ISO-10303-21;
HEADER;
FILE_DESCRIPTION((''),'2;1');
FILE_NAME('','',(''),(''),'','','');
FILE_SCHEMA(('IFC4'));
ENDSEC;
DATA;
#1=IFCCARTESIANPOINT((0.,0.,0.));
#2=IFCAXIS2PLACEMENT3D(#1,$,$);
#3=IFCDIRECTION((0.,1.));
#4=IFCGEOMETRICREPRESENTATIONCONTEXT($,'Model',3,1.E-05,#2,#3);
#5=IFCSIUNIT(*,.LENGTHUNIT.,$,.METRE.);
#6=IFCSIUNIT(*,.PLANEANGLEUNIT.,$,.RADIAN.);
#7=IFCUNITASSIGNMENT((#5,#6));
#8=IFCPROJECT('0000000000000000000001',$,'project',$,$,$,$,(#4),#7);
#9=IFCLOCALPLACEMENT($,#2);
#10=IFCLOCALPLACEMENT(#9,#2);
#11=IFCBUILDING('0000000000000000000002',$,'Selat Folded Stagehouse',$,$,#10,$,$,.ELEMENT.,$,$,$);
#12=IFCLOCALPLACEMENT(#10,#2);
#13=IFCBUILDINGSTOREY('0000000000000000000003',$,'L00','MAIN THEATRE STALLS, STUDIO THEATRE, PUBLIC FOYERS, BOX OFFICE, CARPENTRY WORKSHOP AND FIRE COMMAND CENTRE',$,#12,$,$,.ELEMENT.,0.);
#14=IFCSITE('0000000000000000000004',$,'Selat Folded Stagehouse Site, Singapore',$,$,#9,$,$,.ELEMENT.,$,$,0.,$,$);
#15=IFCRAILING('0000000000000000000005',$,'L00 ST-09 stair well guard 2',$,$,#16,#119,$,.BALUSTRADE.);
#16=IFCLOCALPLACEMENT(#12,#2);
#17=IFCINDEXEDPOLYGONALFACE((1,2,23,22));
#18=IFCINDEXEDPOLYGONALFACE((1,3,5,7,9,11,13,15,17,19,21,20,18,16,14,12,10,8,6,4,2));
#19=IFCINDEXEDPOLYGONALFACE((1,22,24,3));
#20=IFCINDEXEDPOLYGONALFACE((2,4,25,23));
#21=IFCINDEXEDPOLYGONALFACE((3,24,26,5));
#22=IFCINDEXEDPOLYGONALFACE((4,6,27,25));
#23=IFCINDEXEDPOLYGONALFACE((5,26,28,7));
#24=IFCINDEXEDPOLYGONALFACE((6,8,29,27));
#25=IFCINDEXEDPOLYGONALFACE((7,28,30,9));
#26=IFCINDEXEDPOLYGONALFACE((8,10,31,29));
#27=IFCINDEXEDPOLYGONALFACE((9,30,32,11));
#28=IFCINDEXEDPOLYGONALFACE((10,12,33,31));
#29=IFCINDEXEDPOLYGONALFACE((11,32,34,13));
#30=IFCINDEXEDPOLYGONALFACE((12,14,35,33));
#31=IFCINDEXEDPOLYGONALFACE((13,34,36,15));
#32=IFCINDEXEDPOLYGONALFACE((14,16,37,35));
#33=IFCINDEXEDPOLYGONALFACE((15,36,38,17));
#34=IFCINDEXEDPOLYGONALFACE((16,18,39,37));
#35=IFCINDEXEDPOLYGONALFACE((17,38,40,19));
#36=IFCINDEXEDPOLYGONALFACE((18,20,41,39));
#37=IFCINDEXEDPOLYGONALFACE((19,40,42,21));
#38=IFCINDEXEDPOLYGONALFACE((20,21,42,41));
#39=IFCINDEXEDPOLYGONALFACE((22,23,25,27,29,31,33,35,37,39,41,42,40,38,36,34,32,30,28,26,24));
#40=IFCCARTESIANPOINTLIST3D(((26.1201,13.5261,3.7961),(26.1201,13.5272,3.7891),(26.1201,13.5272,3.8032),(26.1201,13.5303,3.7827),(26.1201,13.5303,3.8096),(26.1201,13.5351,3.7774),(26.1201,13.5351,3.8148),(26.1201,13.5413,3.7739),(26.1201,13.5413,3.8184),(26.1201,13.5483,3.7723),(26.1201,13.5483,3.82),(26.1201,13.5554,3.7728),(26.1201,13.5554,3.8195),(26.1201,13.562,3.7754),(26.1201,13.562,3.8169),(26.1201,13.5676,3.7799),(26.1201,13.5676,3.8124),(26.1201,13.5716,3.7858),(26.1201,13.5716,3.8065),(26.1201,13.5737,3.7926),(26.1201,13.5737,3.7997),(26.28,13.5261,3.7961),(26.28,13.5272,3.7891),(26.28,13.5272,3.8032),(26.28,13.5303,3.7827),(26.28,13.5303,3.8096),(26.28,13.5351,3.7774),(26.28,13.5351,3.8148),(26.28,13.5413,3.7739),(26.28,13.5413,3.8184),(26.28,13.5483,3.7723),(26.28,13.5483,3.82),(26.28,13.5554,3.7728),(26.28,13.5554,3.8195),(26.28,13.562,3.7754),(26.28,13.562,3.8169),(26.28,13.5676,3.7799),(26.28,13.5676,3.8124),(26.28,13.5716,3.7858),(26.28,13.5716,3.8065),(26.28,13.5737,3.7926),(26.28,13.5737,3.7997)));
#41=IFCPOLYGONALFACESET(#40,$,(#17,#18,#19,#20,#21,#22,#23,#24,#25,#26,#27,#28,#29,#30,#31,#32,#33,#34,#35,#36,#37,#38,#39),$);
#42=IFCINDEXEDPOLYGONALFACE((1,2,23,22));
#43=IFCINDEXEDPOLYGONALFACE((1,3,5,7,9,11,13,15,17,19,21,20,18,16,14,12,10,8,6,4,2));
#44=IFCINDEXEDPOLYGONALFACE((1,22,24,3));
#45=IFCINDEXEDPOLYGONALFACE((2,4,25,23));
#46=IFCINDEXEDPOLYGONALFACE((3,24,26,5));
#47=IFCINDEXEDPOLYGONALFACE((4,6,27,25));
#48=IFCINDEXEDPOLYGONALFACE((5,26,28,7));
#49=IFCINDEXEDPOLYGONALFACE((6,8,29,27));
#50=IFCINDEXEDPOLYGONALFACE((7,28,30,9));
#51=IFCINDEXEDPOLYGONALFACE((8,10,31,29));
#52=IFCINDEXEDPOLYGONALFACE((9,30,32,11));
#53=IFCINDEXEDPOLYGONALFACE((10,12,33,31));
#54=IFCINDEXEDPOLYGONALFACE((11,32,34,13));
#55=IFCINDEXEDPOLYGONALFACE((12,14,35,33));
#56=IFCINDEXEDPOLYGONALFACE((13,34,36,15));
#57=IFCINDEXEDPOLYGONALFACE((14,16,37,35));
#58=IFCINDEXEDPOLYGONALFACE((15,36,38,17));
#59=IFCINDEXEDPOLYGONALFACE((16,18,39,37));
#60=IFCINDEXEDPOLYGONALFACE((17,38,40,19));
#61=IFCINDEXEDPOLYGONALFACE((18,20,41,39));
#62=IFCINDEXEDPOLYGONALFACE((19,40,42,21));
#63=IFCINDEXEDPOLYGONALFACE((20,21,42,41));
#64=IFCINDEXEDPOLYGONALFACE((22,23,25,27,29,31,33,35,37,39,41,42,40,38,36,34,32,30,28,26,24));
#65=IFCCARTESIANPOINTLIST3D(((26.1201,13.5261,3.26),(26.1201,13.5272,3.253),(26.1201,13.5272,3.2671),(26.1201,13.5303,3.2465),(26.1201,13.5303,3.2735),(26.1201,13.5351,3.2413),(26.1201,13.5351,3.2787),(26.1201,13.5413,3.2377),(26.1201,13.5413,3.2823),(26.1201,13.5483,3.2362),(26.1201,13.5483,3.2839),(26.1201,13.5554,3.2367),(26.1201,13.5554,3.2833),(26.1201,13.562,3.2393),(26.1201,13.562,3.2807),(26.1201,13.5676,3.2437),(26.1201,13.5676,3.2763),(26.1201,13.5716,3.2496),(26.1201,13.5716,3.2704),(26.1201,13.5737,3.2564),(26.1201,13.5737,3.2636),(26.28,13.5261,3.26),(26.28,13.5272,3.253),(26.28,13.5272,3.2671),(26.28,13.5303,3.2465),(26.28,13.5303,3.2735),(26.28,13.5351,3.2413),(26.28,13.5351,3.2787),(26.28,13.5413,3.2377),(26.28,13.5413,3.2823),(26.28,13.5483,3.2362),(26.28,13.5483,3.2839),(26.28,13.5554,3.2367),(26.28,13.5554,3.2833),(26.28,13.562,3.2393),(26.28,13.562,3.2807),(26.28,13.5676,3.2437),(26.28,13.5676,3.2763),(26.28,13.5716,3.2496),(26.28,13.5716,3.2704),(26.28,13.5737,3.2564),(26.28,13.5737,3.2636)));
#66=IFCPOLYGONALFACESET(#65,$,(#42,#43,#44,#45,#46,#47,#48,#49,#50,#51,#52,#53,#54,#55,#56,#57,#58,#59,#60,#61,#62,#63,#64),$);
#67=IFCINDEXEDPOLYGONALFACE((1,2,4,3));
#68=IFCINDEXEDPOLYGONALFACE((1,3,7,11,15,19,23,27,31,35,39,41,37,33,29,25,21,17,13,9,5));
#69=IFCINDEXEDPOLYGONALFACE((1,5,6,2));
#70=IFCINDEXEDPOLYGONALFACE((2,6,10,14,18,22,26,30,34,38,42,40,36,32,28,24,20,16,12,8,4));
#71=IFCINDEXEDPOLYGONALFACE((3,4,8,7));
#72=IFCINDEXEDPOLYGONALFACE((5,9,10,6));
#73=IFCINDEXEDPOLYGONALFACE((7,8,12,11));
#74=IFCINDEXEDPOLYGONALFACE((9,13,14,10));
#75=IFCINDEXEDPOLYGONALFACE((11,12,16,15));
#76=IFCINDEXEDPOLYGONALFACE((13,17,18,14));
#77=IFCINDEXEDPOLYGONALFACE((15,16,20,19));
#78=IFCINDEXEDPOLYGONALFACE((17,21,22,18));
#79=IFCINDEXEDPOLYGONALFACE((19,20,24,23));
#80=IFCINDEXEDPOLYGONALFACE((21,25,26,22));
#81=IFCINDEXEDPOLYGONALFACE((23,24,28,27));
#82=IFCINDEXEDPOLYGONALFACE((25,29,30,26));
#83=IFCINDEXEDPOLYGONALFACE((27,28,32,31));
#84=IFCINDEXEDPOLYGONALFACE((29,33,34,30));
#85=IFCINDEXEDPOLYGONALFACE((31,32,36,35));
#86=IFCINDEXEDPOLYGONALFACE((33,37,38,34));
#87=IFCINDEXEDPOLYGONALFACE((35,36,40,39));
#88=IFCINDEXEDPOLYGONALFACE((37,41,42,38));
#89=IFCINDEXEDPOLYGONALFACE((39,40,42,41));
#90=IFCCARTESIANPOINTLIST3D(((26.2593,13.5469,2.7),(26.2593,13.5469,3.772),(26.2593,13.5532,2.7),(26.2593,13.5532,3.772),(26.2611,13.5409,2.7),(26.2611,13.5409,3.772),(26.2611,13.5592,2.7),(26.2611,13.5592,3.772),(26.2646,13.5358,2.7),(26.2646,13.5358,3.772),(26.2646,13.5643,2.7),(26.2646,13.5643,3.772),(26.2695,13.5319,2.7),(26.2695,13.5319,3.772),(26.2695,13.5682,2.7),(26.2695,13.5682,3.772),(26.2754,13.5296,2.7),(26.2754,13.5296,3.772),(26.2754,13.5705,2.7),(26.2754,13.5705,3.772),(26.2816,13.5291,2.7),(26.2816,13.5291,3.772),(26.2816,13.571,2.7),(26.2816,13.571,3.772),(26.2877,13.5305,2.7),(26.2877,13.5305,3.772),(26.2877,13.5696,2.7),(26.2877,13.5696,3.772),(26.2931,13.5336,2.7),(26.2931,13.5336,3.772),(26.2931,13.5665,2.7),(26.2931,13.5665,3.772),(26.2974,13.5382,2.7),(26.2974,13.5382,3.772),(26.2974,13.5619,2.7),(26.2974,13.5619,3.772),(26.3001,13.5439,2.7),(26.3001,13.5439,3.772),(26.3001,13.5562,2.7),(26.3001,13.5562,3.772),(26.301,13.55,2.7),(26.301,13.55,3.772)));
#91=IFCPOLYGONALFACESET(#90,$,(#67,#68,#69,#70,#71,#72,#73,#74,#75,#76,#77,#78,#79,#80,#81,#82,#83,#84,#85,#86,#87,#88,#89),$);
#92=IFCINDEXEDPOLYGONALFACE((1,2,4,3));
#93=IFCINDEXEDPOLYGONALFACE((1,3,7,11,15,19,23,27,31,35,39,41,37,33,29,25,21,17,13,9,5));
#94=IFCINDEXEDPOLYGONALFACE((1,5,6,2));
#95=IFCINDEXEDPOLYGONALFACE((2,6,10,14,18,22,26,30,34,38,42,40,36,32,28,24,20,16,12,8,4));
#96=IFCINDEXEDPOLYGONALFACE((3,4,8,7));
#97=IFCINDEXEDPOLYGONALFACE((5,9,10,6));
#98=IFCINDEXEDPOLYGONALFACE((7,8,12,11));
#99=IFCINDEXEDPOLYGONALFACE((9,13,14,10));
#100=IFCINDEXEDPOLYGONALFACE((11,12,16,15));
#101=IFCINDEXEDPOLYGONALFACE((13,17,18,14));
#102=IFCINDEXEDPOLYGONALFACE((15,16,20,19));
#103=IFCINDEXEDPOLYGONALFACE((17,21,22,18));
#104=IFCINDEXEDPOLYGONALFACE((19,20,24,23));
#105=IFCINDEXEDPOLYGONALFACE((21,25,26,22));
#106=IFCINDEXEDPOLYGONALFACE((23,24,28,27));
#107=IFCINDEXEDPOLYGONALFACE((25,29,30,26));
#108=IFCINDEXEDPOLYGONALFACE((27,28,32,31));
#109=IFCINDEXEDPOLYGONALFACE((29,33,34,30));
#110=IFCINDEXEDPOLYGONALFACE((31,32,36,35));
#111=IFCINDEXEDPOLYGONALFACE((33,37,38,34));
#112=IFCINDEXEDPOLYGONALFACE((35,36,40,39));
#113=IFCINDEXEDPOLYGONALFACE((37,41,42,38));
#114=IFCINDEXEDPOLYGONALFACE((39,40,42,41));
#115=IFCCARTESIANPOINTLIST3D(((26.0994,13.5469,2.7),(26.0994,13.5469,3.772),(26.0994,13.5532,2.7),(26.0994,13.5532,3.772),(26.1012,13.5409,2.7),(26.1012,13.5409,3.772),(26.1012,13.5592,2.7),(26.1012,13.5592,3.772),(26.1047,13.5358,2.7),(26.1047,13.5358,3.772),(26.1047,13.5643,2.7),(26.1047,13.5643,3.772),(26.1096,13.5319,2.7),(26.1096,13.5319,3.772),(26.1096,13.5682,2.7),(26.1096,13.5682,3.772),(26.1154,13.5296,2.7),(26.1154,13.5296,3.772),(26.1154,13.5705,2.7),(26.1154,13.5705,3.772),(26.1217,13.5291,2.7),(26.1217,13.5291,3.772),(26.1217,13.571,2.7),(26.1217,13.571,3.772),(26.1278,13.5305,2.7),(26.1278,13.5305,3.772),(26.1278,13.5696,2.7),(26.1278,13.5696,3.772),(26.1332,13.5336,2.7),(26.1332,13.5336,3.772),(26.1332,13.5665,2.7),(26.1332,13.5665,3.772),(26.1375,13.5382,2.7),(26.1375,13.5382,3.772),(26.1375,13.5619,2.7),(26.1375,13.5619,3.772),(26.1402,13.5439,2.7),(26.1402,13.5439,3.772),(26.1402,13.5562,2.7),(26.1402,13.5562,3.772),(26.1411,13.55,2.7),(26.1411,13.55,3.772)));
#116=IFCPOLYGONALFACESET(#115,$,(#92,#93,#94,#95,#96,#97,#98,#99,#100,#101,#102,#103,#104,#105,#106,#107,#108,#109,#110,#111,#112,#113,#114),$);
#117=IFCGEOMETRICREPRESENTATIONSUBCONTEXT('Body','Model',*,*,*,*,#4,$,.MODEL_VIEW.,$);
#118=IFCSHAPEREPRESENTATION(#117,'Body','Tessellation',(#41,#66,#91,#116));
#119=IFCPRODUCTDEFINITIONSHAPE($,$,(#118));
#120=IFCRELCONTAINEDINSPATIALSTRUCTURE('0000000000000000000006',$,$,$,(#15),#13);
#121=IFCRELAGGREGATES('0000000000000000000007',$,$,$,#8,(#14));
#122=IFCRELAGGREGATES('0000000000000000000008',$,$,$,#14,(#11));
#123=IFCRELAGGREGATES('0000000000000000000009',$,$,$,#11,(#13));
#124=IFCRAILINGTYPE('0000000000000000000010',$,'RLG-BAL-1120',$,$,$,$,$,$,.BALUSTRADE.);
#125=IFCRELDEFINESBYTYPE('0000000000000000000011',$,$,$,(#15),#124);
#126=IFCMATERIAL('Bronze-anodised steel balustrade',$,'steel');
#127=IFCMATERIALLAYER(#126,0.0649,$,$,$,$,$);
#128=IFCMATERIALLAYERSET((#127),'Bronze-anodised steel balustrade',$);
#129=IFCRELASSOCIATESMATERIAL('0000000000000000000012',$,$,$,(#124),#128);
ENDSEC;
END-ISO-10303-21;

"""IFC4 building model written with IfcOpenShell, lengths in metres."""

from ifc_helpers import new_model, si_unit, direction, frame, origin, origin_2d, place, context, subcontext, project, spatial, circle, extrude, material, layer, layer_set, type_object, element, save


model = new_model("IFC4")

# Units and contexts
model_context = context("Model", 3, precision=1e-05, world=origin(), true_north=direction((0.0, 1.0)))
body_context = subcontext(model_context, "Body", "Model", "MODEL_VIEW")
ifc_project = project(units=[si_unit("LENGTHUNIT", "METRE"), si_unit("PLANEANGLEUNIT", "RADIAN")], contexts=[model_context])

# Site, building, storey
site_placement = place(None, origin())
site = spatial("IfcSite", under=ifc_project, at=site_placement, Name="Selat Folded Stagehouse Site, Singapore", CompositionType="ELEMENT", RefElevation=0.0)
building_placement = place(site_placement, origin())
building = spatial("IfcBuilding", under=site, at=building_placement, Name="Selat Folded Stagehouse", CompositionType="ELEMENT")
storey_placement = place(building_placement, origin())
storey = spatial("IfcBuildingStorey", under=building, at=storey_placement, Name="L00", Description="MAIN THEATRE STALLS, STUDIO THEATRE, PUBLIC FOYERS, BOX OFFICE, CARPENTRY WORKSHOP AND FIRE COMMAND CENTRE", CompositionType="ELEMENT", Elevation=0.0)

# Railing
ifc_material_1 = material(Name="Bronze-anodised steel balustrade", Category="steel")
ifc_layer_1 = layer(ifc_material_1, 0.0649)
ifc_layer_set_1 = layer_set([ifc_layer_1], Name="Bronze-anodised steel balustrade")
railing_type_1 = type_object("IfcRailingType", Name="RLG-BAL-1120", PredefinedType="BALUSTRADE", material=ifc_layer_set_1)
railing_1_placement = place(storey_placement, frame((26.28, 13.55, 2.7)))
element("IfcRailing", 1, at=railing_1_placement, inside=storey, type_object=railing_type_1, Name="L00 ST-09 stair well guard 2", PredefinedType="BALUSTRADE", context=body_context, shape_type="SweptSolid", body=[
    extrude(circle(Radius=0.0239, at=origin_2d()), frame((0.0, 0.0, 1.0962), z_axis=(-1.0, 0.0, 0.0), x_axis=(0.0, -1.0, 0.0)), (0.0, 0.0, 1.0), 0.1599),
    extrude(circle(Radius=0.0239, at=origin_2d()), frame((0.0, 0.0, 0.5601), z_axis=(-1.0, 0.0, 0.0), x_axis=(0.0, -1.0, 0.0)), (0.0, 0.0, 1.0), 0.1599),
    extrude(circle(Radius=0.021, at=origin_2d()), origin(), (0.0, 0.0, 1.0), 1.072),
    extrude(circle(Radius=0.021, at=origin_2d()), frame((-0.1599, 0.0, 0.0)), (0.0, 0.0, 1.0), 1.072),
])

save(model, "model.ifc")
